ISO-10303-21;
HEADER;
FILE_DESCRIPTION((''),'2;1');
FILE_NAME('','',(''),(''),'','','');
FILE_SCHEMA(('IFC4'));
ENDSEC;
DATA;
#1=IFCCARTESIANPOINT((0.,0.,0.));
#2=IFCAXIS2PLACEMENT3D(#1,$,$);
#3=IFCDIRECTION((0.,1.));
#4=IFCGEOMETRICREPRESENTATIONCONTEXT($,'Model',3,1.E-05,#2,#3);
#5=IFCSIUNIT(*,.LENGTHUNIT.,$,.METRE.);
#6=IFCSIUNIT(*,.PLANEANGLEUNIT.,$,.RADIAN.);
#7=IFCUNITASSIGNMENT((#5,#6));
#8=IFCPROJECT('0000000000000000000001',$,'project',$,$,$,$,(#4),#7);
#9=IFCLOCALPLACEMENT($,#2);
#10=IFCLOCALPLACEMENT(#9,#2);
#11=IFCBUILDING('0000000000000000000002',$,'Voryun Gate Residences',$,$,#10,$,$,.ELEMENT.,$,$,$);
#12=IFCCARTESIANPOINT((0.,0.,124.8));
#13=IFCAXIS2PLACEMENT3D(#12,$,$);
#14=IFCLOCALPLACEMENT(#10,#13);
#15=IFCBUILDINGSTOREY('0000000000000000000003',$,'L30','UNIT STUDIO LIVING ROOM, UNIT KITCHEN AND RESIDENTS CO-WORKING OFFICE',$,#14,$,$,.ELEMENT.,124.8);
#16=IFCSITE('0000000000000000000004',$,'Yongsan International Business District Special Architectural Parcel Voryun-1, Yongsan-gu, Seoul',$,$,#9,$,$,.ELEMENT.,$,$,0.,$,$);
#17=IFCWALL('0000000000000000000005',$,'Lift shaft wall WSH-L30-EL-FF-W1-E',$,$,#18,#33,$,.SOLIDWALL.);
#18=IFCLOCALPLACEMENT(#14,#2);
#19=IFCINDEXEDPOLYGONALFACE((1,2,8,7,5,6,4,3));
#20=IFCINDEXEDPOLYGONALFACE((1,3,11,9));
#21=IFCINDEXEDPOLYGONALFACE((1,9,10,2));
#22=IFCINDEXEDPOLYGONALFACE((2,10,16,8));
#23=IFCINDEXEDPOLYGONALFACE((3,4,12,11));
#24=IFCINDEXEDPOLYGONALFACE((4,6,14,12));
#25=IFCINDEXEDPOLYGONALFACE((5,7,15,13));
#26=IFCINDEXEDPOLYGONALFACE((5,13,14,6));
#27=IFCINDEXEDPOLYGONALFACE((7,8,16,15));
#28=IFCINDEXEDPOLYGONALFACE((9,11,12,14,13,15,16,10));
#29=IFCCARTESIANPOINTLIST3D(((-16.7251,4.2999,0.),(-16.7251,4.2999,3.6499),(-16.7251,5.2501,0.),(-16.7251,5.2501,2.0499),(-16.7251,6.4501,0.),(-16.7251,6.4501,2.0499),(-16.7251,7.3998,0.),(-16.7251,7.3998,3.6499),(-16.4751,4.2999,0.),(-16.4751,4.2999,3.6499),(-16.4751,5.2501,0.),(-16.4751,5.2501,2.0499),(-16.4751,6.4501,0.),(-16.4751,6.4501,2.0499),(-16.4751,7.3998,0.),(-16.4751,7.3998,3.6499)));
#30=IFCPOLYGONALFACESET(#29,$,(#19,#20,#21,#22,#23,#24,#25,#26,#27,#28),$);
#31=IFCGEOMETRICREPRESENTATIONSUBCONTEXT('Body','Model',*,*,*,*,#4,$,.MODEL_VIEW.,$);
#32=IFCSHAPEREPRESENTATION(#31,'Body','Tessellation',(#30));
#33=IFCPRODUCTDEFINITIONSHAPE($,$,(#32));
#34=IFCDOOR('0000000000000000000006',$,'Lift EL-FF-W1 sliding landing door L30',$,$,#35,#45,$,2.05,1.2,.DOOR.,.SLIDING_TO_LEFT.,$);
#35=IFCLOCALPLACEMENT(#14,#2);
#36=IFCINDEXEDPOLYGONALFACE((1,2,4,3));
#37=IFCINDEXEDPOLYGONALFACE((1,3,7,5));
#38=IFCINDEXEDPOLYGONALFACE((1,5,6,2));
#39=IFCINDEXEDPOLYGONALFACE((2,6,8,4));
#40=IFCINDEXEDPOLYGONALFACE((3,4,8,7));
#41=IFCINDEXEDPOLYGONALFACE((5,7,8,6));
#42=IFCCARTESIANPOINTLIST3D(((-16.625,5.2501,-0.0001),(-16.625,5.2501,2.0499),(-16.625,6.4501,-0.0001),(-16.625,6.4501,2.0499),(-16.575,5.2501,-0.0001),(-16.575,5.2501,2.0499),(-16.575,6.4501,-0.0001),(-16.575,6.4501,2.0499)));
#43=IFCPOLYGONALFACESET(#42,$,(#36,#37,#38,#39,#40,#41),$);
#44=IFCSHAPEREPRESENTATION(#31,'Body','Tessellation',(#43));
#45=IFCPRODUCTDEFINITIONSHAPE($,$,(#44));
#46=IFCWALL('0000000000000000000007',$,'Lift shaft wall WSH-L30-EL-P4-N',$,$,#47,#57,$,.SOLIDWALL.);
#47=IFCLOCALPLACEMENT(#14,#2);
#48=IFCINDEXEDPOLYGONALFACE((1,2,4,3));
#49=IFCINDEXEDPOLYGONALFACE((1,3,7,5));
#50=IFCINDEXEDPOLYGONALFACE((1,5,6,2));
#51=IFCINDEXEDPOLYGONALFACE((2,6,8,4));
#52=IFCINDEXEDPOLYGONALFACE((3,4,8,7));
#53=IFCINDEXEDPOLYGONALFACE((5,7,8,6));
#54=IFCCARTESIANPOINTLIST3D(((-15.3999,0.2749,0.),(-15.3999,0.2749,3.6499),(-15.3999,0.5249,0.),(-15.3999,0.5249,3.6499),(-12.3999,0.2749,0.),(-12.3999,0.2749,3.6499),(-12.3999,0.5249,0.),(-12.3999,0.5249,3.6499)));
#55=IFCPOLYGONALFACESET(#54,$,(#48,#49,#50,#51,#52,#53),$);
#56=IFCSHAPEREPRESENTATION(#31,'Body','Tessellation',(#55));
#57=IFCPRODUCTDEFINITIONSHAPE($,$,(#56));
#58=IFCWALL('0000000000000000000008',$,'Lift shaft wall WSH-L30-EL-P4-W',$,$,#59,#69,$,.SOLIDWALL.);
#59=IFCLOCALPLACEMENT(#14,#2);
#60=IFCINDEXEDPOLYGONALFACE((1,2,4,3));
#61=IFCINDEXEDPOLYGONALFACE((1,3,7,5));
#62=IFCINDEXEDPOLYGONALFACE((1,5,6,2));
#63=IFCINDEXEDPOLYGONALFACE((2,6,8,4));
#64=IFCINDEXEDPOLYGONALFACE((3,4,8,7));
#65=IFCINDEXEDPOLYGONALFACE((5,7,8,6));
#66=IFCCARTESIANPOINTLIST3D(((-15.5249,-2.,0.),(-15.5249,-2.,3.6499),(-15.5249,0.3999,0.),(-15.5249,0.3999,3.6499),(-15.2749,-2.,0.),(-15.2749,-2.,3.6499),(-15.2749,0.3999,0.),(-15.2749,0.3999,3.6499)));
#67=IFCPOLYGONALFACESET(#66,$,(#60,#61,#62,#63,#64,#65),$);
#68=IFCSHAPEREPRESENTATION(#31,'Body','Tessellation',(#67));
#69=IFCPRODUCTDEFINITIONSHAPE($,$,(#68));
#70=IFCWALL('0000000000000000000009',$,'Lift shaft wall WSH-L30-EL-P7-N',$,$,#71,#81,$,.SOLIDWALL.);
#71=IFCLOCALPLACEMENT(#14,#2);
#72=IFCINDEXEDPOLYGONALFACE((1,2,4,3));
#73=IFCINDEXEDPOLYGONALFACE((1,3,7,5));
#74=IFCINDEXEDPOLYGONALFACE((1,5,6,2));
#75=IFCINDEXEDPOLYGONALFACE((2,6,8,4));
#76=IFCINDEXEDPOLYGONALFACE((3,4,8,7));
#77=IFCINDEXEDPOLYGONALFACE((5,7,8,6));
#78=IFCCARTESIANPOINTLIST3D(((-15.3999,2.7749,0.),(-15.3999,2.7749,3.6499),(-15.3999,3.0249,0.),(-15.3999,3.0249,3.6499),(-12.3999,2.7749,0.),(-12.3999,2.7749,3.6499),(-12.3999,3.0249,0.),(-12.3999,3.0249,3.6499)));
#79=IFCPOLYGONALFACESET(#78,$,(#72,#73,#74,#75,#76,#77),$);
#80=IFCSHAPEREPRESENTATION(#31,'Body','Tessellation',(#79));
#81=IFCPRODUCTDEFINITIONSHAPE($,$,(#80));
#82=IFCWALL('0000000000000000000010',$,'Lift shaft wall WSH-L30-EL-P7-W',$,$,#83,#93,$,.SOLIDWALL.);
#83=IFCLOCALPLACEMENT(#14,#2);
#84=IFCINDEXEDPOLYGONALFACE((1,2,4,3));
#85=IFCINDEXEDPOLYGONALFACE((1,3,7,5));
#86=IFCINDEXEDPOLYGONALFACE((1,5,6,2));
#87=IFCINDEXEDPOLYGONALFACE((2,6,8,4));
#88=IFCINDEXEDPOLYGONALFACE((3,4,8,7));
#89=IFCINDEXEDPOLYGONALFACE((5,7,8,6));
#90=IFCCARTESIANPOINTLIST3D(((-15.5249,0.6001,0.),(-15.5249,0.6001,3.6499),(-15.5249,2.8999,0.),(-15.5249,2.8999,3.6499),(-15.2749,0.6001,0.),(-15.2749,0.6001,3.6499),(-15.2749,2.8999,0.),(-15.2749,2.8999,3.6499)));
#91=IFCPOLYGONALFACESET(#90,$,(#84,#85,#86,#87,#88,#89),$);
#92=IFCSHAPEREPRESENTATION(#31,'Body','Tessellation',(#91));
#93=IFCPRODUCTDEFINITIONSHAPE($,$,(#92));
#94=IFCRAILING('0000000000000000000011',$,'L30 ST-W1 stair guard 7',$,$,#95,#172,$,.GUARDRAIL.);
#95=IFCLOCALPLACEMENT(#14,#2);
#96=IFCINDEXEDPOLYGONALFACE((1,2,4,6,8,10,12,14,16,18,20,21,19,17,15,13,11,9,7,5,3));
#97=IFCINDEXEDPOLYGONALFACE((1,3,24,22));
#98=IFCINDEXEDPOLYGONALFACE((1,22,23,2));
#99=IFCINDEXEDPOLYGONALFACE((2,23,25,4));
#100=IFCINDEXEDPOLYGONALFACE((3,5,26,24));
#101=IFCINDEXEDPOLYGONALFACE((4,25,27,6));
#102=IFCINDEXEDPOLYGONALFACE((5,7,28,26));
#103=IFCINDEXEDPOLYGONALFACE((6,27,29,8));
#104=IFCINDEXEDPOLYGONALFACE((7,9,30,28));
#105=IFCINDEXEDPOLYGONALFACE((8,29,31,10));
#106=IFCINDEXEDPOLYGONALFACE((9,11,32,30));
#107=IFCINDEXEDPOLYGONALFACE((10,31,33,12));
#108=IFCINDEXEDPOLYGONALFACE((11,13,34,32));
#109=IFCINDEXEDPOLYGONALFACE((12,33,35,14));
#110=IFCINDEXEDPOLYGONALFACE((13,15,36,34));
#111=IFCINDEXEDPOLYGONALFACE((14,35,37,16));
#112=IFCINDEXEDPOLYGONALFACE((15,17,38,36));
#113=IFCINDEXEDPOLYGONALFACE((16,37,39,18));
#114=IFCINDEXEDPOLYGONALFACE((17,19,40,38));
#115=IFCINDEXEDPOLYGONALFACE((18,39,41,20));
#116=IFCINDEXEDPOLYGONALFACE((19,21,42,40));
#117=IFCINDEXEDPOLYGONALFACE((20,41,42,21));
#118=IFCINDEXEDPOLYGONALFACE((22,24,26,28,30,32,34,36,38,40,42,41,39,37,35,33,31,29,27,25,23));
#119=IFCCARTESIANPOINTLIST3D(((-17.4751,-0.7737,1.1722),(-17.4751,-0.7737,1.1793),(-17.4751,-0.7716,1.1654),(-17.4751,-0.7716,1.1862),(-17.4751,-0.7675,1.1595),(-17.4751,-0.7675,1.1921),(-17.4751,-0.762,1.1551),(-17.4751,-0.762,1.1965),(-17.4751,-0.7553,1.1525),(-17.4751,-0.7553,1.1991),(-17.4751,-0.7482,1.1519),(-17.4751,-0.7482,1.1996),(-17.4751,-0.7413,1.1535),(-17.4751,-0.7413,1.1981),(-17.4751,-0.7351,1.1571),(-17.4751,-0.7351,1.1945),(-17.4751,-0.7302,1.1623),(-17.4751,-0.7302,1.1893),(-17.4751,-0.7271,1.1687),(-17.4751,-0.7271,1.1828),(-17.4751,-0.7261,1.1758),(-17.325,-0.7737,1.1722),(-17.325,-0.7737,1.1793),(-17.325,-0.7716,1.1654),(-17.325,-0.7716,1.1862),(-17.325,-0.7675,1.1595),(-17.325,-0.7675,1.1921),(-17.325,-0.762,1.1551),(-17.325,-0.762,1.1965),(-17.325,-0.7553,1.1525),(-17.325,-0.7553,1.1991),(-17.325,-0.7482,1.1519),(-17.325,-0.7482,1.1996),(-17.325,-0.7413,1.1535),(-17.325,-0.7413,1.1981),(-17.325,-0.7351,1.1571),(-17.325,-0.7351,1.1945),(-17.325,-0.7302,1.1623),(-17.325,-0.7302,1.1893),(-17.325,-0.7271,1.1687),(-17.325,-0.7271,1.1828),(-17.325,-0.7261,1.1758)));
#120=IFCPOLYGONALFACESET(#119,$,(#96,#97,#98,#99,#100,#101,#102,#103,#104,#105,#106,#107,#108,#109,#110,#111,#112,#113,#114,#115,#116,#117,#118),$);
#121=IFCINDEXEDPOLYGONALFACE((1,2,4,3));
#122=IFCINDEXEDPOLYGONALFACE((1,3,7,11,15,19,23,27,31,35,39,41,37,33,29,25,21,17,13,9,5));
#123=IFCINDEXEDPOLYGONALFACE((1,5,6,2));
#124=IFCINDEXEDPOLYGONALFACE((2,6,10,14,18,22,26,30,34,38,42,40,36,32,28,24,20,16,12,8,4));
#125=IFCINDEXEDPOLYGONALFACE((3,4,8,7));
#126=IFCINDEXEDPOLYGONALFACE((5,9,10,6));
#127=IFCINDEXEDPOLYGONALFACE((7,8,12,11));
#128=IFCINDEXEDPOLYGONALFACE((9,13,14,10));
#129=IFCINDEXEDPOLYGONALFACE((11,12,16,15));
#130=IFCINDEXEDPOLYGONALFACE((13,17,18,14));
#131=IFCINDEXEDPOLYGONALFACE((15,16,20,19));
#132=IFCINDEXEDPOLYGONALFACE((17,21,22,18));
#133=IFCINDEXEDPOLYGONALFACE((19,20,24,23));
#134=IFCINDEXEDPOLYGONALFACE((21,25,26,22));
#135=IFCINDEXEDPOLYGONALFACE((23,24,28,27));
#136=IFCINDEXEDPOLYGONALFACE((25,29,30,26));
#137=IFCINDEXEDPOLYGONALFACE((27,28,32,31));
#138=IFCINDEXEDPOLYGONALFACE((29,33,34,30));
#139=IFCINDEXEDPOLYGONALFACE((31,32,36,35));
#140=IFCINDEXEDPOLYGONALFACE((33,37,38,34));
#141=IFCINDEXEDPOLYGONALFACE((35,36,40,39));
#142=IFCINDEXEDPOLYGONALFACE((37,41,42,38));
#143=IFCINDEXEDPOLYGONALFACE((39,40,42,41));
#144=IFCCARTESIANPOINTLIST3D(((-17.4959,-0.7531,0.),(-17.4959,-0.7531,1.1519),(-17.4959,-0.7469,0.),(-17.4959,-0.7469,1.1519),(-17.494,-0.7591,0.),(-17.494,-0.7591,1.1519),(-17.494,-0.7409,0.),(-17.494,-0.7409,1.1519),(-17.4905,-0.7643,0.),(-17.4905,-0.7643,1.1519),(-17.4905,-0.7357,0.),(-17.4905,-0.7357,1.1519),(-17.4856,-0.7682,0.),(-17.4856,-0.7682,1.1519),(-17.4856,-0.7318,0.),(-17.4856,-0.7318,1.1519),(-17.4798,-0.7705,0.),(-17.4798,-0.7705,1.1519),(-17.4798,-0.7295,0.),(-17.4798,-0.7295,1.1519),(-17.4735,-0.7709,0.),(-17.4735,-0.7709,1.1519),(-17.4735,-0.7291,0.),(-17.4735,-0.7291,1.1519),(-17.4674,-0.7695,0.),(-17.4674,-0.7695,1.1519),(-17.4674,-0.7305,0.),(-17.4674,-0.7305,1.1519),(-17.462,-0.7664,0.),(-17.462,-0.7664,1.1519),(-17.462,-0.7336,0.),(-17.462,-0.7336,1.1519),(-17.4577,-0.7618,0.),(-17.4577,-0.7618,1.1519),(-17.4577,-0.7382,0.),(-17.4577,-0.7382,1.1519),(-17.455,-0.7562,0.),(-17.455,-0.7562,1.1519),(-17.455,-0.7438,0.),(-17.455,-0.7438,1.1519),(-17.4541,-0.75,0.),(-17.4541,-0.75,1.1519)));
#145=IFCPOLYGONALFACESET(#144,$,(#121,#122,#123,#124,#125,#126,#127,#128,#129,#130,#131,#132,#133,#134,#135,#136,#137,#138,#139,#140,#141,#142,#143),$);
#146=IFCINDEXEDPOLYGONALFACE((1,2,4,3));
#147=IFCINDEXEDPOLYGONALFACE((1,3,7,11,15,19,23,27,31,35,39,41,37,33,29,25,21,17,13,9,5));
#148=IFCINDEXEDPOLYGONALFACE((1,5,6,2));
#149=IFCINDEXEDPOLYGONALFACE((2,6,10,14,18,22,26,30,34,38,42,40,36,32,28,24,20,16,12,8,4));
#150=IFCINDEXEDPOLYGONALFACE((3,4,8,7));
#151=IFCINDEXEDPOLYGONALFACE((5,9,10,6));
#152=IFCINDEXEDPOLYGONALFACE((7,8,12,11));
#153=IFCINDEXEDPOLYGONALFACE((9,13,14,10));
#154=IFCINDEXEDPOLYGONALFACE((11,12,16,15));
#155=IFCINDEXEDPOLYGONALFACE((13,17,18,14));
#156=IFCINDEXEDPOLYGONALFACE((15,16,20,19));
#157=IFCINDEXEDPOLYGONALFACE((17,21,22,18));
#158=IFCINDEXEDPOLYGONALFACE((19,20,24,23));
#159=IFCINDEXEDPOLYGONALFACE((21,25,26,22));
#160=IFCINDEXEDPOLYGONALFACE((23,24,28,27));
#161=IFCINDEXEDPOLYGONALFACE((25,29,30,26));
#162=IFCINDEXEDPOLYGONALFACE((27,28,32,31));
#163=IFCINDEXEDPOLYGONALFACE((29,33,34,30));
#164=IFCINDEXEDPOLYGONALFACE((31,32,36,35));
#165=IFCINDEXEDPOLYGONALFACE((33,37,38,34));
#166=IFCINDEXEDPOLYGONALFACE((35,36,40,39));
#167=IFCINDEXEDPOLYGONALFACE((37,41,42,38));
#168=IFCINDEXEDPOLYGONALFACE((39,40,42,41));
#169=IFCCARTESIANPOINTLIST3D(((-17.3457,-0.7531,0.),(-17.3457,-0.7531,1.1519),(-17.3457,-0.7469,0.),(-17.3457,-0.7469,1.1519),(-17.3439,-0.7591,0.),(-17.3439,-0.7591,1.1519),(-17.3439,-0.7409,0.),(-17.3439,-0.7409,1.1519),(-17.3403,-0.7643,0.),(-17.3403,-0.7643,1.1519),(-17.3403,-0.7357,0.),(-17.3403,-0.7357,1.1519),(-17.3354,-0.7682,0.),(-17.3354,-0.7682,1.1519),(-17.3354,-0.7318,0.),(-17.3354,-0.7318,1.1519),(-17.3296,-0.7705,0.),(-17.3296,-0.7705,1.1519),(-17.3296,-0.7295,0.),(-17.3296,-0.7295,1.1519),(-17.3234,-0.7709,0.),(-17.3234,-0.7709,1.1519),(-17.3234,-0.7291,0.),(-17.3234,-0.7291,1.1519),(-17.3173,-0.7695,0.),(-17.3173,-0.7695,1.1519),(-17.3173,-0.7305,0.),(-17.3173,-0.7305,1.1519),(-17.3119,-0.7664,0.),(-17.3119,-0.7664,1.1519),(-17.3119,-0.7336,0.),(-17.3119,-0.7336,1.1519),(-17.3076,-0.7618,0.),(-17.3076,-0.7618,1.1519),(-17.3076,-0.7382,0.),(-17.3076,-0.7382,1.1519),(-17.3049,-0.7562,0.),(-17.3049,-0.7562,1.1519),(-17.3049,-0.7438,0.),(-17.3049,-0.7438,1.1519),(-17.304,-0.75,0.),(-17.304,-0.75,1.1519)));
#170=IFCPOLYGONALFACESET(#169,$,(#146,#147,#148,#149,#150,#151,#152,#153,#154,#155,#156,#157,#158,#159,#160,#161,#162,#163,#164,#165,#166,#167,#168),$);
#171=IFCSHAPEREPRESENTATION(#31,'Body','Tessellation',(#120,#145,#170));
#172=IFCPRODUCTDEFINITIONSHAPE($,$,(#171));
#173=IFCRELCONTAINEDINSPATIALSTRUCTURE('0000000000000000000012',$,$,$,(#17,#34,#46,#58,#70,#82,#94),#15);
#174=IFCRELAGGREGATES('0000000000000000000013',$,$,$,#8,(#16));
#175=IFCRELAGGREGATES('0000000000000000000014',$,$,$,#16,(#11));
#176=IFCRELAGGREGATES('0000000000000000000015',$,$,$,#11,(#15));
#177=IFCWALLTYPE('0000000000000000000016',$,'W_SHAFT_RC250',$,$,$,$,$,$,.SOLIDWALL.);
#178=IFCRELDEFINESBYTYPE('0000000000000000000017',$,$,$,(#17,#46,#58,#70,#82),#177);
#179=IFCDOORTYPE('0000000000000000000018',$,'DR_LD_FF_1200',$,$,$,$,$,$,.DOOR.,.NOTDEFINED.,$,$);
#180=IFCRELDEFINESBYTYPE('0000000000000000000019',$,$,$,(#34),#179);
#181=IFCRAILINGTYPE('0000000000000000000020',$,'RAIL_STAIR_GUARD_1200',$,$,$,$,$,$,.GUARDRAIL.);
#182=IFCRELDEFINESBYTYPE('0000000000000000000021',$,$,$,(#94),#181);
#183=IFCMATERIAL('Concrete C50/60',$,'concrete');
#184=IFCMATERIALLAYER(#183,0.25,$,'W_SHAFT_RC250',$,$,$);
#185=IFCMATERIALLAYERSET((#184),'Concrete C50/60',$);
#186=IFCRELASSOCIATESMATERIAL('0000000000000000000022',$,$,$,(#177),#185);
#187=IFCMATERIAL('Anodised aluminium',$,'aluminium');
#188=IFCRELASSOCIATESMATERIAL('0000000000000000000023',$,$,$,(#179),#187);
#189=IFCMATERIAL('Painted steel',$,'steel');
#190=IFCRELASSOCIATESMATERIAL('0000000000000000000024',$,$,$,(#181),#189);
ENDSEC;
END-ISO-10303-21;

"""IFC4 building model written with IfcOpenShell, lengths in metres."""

from ifc_helpers import new_model, si_unit, direction, frame, frame_2d, origin, origin_2d, place, context, subcontext, project, spatial, rectangle, circle, extrude, material, layer, layer_set, type_object, element, fill, save


model = new_model("IFC4")

# Units and contexts
model_context = context("Model", 3, precision=1e-05, world=origin(), true_north=direction((0.0, 1.0)))
body_context = subcontext(model_context, "Body", "Model", "MODEL_VIEW")
ifc_project = project(units=[si_unit("LENGTHUNIT", "METRE"), si_unit("PLANEANGLEUNIT", "RADIAN")], contexts=[model_context])

# Site, building, storey
site_placement = place(None, origin())
site = spatial("IfcSite", under=ifc_project, at=site_placement, Name="Yongsan International Business District Special Architectural Parcel Voryun-1, Yongsan-gu, Seoul", CompositionType="ELEMENT", RefElevation=0.0)
building_placement = place(site_placement, origin())
building = spatial("IfcBuilding", under=site, at=building_placement, Name="Voryun Gate Residences", CompositionType="ELEMENT")
storey_placement = place(building_placement, frame((0.0, 0.0, 124.8)))
storey = spatial("IfcBuildingStorey", under=building, at=storey_placement, Name="L30", Description="UNIT STUDIO LIVING ROOM, UNIT KITCHEN AND RESIDENTS CO-WORKING OFFICE", CompositionType="ELEMENT", Elevation=124.8)

# Wall, opening, door
ifc_material_1 = material(Name="Concrete C50/60", Category="concrete")
ifc_layer_1 = layer(ifc_material_1, 0.25, Name="W_SHAFT_RC250")
ifc_layer_set_1 = layer_set([ifc_layer_1], Name="Concrete C50/60")
wall_type_1 = type_object("IfcWallType", Name="W_SHAFT_RC250", PredefinedType="SOLIDWALL", material=ifc_layer_set_1)
wall_1_placement = place(storey_placement, frame((-16.6001, 4.3, 0.0), z_axis=(0.0, 0.0, 1.0), x_axis=(0.0, 1.0, 0.0)))
wall_1 = element("IfcWall", 1, at=wall_1_placement, inside=storey, type_object=wall_type_1, Name="Lift shaft wall WSH-L30-EL-FF-W1-E", PredefinedType="SOLIDWALL", context=body_context, shape_type="SweptSolid", body=[
    extrude(rectangle(XDim=3.0999, YDim=0.25, at=frame_2d((1.5498, 0.0))), origin(), (0.0, 0.0, 1.0), 3.6499),
])
opening_1_placement = place(wall_1_placement, frame((0.95, 0.0, 0.0)))
opening_1 = element("IfcOpeningElement", 2, at=opening_1_placement, cuts=wall_1, PredefinedType="OPENING", context=body_context, shape_type="SweptSolid", body=[
    extrude(rectangle(XDim=1.2, YDim=2.05, at=frame_2d((0.6001, 1.0249))), frame((0.0, 0.135, 0.0), z_axis=(0.0, -1.0, 0.0), x_axis=(1.0, 0.0, 0.0)), (0.0, 0.0, 1.0), 0.27),
])
ifc_material_2 = material(Name="Anodised aluminium", Category="aluminium")
door_type_1 = type_object("IfcDoorType", Name="DR_LD_FF_1200", OperationType="NOTDEFINED", PredefinedType="DOOR", material=ifc_material_2)
door_1_placement = place(opening_1_placement, origin())
door_1 = element("IfcDoor", 3, at=door_1_placement, inside=storey, type_object=door_type_1, Name="Lift EL-FF-W1 sliding landing door L30", OperationType="SLIDING_TO_LEFT", OverallHeight=2.05, OverallWidth=1.2, PredefinedType="DOOR", context=body_context, shape_type="SweptSolid", body=[
    extrude(rectangle(XDim=1.2, YDim=2.05, at=frame_2d((0.6001, 1.0249))), frame((0.0, 0.0249, 0.0), z_axis=(0.0, -1.0, 0.0), x_axis=(1.0, 0.0, 0.0)), (0.0, 0.0, 1.0), 0.05),
])
fill(opening_1, door_1)

# Walls
wall_2_placement = place(storey_placement, frame((-12.3999, 0.3999, 0.0), z_axis=(0.0, 0.0, 1.0), x_axis=(-1.0, 0.0, 0.0)))
element("IfcWall", 4, at=wall_2_placement, inside=storey, type_object=wall_type_1, Name="Lift shaft wall WSH-L30-EL-P4-N", PredefinedType="SOLIDWALL", context=body_context, shape_type="SweptSolid", body=[
    extrude(rectangle(XDim=3.0, YDim=0.25, at=frame_2d((1.5, 0.0))), origin(), (0.0, 0.0, 1.0), 3.6499),
])
wall_3_placement = place(storey_placement, frame((-15.3999, 0.3999, 0.0), z_axis=(0.0, 0.0, 1.0), x_axis=(0.0, -1.0, 0.0)))
element("IfcWall", 5, at=wall_3_placement, inside=storey, type_object=wall_type_1, Name="Lift shaft wall WSH-L30-EL-P4-W", PredefinedType="SOLIDWALL", context=body_context, shape_type="SweptSolid", body=[
    extrude(rectangle(XDim=2.3999, YDim=0.25, at=frame_2d((1.2, 0.0))), origin(), (0.0, 0.0, 1.0), 3.6499),
])
wall_4_placement = place(storey_placement, frame((-12.3999, 2.8999, 0.0), z_axis=(0.0, 0.0, 1.0), x_axis=(-1.0, 0.0, 0.0)))
element("IfcWall", 6, at=wall_4_placement, inside=storey, type_object=wall_type_1, Name="Lift shaft wall WSH-L30-EL-P7-N", PredefinedType="SOLIDWALL", context=body_context, shape_type="SweptSolid", body=[
    extrude(rectangle(XDim=3.0, YDim=0.25, at=frame_2d((1.5, 0.0))), origin(), (0.0, 0.0, 1.0), 3.6499),
])
wall_5_placement = place(storey_placement, frame((-15.3999, 2.8999, 0.0), z_axis=(0.0, 0.0, 1.0), x_axis=(0.0, -1.0, 0.0)))
element("IfcWall", 7, at=wall_5_placement, inside=storey, type_object=wall_type_1, Name="Lift shaft wall WSH-L30-EL-P7-W", PredefinedType="SOLIDWALL", context=body_context, shape_type="SweptSolid", body=[
    extrude(rectangle(XDim=2.2998, YDim=0.25, at=frame_2d((1.1499, 0.0))), origin(), (0.0, 0.0, 1.0), 3.6499),
])

# Railing
ifc_material_3 = material(Name="Painted steel", Category="steel")
railing_type = type_object("IfcRailingType", Name="RAIL_STAIR_GUARD_1200", PredefinedType="GUARDRAIL", material=ifc_material_3)
railing_1_placement = place(storey_placement, frame((-17.4751, -0.75, 0.0)))
element("IfcRailing", 8, at=railing_1_placement, inside=storey, type_object=railing_type, Name="L30 ST-W1 stair guard 7", PredefinedType="GUARDRAIL", context=body_context, shape_type="SweptSolid", body=[
    extrude(circle(Radius=0.0239, at=origin_2d()), frame((0.0, 0.0, 1.1758), z_axis=(1.0, 0.0, 0.0), x_axis=(0.0, 1.0, 0.0)), (0.0, 0.0, 1.0), 0.1501),
    extrude(circle(Radius=0.021, at=origin_2d()), origin(), (0.0, 0.0, 1.0), 1.1519),
    extrude(circle(Radius=0.021, at=origin_2d()), frame((0.1501, 0.0, 0.0)), (0.0, 0.0, 1.0), 1.1519),
])

save(model, "model.ifc")
